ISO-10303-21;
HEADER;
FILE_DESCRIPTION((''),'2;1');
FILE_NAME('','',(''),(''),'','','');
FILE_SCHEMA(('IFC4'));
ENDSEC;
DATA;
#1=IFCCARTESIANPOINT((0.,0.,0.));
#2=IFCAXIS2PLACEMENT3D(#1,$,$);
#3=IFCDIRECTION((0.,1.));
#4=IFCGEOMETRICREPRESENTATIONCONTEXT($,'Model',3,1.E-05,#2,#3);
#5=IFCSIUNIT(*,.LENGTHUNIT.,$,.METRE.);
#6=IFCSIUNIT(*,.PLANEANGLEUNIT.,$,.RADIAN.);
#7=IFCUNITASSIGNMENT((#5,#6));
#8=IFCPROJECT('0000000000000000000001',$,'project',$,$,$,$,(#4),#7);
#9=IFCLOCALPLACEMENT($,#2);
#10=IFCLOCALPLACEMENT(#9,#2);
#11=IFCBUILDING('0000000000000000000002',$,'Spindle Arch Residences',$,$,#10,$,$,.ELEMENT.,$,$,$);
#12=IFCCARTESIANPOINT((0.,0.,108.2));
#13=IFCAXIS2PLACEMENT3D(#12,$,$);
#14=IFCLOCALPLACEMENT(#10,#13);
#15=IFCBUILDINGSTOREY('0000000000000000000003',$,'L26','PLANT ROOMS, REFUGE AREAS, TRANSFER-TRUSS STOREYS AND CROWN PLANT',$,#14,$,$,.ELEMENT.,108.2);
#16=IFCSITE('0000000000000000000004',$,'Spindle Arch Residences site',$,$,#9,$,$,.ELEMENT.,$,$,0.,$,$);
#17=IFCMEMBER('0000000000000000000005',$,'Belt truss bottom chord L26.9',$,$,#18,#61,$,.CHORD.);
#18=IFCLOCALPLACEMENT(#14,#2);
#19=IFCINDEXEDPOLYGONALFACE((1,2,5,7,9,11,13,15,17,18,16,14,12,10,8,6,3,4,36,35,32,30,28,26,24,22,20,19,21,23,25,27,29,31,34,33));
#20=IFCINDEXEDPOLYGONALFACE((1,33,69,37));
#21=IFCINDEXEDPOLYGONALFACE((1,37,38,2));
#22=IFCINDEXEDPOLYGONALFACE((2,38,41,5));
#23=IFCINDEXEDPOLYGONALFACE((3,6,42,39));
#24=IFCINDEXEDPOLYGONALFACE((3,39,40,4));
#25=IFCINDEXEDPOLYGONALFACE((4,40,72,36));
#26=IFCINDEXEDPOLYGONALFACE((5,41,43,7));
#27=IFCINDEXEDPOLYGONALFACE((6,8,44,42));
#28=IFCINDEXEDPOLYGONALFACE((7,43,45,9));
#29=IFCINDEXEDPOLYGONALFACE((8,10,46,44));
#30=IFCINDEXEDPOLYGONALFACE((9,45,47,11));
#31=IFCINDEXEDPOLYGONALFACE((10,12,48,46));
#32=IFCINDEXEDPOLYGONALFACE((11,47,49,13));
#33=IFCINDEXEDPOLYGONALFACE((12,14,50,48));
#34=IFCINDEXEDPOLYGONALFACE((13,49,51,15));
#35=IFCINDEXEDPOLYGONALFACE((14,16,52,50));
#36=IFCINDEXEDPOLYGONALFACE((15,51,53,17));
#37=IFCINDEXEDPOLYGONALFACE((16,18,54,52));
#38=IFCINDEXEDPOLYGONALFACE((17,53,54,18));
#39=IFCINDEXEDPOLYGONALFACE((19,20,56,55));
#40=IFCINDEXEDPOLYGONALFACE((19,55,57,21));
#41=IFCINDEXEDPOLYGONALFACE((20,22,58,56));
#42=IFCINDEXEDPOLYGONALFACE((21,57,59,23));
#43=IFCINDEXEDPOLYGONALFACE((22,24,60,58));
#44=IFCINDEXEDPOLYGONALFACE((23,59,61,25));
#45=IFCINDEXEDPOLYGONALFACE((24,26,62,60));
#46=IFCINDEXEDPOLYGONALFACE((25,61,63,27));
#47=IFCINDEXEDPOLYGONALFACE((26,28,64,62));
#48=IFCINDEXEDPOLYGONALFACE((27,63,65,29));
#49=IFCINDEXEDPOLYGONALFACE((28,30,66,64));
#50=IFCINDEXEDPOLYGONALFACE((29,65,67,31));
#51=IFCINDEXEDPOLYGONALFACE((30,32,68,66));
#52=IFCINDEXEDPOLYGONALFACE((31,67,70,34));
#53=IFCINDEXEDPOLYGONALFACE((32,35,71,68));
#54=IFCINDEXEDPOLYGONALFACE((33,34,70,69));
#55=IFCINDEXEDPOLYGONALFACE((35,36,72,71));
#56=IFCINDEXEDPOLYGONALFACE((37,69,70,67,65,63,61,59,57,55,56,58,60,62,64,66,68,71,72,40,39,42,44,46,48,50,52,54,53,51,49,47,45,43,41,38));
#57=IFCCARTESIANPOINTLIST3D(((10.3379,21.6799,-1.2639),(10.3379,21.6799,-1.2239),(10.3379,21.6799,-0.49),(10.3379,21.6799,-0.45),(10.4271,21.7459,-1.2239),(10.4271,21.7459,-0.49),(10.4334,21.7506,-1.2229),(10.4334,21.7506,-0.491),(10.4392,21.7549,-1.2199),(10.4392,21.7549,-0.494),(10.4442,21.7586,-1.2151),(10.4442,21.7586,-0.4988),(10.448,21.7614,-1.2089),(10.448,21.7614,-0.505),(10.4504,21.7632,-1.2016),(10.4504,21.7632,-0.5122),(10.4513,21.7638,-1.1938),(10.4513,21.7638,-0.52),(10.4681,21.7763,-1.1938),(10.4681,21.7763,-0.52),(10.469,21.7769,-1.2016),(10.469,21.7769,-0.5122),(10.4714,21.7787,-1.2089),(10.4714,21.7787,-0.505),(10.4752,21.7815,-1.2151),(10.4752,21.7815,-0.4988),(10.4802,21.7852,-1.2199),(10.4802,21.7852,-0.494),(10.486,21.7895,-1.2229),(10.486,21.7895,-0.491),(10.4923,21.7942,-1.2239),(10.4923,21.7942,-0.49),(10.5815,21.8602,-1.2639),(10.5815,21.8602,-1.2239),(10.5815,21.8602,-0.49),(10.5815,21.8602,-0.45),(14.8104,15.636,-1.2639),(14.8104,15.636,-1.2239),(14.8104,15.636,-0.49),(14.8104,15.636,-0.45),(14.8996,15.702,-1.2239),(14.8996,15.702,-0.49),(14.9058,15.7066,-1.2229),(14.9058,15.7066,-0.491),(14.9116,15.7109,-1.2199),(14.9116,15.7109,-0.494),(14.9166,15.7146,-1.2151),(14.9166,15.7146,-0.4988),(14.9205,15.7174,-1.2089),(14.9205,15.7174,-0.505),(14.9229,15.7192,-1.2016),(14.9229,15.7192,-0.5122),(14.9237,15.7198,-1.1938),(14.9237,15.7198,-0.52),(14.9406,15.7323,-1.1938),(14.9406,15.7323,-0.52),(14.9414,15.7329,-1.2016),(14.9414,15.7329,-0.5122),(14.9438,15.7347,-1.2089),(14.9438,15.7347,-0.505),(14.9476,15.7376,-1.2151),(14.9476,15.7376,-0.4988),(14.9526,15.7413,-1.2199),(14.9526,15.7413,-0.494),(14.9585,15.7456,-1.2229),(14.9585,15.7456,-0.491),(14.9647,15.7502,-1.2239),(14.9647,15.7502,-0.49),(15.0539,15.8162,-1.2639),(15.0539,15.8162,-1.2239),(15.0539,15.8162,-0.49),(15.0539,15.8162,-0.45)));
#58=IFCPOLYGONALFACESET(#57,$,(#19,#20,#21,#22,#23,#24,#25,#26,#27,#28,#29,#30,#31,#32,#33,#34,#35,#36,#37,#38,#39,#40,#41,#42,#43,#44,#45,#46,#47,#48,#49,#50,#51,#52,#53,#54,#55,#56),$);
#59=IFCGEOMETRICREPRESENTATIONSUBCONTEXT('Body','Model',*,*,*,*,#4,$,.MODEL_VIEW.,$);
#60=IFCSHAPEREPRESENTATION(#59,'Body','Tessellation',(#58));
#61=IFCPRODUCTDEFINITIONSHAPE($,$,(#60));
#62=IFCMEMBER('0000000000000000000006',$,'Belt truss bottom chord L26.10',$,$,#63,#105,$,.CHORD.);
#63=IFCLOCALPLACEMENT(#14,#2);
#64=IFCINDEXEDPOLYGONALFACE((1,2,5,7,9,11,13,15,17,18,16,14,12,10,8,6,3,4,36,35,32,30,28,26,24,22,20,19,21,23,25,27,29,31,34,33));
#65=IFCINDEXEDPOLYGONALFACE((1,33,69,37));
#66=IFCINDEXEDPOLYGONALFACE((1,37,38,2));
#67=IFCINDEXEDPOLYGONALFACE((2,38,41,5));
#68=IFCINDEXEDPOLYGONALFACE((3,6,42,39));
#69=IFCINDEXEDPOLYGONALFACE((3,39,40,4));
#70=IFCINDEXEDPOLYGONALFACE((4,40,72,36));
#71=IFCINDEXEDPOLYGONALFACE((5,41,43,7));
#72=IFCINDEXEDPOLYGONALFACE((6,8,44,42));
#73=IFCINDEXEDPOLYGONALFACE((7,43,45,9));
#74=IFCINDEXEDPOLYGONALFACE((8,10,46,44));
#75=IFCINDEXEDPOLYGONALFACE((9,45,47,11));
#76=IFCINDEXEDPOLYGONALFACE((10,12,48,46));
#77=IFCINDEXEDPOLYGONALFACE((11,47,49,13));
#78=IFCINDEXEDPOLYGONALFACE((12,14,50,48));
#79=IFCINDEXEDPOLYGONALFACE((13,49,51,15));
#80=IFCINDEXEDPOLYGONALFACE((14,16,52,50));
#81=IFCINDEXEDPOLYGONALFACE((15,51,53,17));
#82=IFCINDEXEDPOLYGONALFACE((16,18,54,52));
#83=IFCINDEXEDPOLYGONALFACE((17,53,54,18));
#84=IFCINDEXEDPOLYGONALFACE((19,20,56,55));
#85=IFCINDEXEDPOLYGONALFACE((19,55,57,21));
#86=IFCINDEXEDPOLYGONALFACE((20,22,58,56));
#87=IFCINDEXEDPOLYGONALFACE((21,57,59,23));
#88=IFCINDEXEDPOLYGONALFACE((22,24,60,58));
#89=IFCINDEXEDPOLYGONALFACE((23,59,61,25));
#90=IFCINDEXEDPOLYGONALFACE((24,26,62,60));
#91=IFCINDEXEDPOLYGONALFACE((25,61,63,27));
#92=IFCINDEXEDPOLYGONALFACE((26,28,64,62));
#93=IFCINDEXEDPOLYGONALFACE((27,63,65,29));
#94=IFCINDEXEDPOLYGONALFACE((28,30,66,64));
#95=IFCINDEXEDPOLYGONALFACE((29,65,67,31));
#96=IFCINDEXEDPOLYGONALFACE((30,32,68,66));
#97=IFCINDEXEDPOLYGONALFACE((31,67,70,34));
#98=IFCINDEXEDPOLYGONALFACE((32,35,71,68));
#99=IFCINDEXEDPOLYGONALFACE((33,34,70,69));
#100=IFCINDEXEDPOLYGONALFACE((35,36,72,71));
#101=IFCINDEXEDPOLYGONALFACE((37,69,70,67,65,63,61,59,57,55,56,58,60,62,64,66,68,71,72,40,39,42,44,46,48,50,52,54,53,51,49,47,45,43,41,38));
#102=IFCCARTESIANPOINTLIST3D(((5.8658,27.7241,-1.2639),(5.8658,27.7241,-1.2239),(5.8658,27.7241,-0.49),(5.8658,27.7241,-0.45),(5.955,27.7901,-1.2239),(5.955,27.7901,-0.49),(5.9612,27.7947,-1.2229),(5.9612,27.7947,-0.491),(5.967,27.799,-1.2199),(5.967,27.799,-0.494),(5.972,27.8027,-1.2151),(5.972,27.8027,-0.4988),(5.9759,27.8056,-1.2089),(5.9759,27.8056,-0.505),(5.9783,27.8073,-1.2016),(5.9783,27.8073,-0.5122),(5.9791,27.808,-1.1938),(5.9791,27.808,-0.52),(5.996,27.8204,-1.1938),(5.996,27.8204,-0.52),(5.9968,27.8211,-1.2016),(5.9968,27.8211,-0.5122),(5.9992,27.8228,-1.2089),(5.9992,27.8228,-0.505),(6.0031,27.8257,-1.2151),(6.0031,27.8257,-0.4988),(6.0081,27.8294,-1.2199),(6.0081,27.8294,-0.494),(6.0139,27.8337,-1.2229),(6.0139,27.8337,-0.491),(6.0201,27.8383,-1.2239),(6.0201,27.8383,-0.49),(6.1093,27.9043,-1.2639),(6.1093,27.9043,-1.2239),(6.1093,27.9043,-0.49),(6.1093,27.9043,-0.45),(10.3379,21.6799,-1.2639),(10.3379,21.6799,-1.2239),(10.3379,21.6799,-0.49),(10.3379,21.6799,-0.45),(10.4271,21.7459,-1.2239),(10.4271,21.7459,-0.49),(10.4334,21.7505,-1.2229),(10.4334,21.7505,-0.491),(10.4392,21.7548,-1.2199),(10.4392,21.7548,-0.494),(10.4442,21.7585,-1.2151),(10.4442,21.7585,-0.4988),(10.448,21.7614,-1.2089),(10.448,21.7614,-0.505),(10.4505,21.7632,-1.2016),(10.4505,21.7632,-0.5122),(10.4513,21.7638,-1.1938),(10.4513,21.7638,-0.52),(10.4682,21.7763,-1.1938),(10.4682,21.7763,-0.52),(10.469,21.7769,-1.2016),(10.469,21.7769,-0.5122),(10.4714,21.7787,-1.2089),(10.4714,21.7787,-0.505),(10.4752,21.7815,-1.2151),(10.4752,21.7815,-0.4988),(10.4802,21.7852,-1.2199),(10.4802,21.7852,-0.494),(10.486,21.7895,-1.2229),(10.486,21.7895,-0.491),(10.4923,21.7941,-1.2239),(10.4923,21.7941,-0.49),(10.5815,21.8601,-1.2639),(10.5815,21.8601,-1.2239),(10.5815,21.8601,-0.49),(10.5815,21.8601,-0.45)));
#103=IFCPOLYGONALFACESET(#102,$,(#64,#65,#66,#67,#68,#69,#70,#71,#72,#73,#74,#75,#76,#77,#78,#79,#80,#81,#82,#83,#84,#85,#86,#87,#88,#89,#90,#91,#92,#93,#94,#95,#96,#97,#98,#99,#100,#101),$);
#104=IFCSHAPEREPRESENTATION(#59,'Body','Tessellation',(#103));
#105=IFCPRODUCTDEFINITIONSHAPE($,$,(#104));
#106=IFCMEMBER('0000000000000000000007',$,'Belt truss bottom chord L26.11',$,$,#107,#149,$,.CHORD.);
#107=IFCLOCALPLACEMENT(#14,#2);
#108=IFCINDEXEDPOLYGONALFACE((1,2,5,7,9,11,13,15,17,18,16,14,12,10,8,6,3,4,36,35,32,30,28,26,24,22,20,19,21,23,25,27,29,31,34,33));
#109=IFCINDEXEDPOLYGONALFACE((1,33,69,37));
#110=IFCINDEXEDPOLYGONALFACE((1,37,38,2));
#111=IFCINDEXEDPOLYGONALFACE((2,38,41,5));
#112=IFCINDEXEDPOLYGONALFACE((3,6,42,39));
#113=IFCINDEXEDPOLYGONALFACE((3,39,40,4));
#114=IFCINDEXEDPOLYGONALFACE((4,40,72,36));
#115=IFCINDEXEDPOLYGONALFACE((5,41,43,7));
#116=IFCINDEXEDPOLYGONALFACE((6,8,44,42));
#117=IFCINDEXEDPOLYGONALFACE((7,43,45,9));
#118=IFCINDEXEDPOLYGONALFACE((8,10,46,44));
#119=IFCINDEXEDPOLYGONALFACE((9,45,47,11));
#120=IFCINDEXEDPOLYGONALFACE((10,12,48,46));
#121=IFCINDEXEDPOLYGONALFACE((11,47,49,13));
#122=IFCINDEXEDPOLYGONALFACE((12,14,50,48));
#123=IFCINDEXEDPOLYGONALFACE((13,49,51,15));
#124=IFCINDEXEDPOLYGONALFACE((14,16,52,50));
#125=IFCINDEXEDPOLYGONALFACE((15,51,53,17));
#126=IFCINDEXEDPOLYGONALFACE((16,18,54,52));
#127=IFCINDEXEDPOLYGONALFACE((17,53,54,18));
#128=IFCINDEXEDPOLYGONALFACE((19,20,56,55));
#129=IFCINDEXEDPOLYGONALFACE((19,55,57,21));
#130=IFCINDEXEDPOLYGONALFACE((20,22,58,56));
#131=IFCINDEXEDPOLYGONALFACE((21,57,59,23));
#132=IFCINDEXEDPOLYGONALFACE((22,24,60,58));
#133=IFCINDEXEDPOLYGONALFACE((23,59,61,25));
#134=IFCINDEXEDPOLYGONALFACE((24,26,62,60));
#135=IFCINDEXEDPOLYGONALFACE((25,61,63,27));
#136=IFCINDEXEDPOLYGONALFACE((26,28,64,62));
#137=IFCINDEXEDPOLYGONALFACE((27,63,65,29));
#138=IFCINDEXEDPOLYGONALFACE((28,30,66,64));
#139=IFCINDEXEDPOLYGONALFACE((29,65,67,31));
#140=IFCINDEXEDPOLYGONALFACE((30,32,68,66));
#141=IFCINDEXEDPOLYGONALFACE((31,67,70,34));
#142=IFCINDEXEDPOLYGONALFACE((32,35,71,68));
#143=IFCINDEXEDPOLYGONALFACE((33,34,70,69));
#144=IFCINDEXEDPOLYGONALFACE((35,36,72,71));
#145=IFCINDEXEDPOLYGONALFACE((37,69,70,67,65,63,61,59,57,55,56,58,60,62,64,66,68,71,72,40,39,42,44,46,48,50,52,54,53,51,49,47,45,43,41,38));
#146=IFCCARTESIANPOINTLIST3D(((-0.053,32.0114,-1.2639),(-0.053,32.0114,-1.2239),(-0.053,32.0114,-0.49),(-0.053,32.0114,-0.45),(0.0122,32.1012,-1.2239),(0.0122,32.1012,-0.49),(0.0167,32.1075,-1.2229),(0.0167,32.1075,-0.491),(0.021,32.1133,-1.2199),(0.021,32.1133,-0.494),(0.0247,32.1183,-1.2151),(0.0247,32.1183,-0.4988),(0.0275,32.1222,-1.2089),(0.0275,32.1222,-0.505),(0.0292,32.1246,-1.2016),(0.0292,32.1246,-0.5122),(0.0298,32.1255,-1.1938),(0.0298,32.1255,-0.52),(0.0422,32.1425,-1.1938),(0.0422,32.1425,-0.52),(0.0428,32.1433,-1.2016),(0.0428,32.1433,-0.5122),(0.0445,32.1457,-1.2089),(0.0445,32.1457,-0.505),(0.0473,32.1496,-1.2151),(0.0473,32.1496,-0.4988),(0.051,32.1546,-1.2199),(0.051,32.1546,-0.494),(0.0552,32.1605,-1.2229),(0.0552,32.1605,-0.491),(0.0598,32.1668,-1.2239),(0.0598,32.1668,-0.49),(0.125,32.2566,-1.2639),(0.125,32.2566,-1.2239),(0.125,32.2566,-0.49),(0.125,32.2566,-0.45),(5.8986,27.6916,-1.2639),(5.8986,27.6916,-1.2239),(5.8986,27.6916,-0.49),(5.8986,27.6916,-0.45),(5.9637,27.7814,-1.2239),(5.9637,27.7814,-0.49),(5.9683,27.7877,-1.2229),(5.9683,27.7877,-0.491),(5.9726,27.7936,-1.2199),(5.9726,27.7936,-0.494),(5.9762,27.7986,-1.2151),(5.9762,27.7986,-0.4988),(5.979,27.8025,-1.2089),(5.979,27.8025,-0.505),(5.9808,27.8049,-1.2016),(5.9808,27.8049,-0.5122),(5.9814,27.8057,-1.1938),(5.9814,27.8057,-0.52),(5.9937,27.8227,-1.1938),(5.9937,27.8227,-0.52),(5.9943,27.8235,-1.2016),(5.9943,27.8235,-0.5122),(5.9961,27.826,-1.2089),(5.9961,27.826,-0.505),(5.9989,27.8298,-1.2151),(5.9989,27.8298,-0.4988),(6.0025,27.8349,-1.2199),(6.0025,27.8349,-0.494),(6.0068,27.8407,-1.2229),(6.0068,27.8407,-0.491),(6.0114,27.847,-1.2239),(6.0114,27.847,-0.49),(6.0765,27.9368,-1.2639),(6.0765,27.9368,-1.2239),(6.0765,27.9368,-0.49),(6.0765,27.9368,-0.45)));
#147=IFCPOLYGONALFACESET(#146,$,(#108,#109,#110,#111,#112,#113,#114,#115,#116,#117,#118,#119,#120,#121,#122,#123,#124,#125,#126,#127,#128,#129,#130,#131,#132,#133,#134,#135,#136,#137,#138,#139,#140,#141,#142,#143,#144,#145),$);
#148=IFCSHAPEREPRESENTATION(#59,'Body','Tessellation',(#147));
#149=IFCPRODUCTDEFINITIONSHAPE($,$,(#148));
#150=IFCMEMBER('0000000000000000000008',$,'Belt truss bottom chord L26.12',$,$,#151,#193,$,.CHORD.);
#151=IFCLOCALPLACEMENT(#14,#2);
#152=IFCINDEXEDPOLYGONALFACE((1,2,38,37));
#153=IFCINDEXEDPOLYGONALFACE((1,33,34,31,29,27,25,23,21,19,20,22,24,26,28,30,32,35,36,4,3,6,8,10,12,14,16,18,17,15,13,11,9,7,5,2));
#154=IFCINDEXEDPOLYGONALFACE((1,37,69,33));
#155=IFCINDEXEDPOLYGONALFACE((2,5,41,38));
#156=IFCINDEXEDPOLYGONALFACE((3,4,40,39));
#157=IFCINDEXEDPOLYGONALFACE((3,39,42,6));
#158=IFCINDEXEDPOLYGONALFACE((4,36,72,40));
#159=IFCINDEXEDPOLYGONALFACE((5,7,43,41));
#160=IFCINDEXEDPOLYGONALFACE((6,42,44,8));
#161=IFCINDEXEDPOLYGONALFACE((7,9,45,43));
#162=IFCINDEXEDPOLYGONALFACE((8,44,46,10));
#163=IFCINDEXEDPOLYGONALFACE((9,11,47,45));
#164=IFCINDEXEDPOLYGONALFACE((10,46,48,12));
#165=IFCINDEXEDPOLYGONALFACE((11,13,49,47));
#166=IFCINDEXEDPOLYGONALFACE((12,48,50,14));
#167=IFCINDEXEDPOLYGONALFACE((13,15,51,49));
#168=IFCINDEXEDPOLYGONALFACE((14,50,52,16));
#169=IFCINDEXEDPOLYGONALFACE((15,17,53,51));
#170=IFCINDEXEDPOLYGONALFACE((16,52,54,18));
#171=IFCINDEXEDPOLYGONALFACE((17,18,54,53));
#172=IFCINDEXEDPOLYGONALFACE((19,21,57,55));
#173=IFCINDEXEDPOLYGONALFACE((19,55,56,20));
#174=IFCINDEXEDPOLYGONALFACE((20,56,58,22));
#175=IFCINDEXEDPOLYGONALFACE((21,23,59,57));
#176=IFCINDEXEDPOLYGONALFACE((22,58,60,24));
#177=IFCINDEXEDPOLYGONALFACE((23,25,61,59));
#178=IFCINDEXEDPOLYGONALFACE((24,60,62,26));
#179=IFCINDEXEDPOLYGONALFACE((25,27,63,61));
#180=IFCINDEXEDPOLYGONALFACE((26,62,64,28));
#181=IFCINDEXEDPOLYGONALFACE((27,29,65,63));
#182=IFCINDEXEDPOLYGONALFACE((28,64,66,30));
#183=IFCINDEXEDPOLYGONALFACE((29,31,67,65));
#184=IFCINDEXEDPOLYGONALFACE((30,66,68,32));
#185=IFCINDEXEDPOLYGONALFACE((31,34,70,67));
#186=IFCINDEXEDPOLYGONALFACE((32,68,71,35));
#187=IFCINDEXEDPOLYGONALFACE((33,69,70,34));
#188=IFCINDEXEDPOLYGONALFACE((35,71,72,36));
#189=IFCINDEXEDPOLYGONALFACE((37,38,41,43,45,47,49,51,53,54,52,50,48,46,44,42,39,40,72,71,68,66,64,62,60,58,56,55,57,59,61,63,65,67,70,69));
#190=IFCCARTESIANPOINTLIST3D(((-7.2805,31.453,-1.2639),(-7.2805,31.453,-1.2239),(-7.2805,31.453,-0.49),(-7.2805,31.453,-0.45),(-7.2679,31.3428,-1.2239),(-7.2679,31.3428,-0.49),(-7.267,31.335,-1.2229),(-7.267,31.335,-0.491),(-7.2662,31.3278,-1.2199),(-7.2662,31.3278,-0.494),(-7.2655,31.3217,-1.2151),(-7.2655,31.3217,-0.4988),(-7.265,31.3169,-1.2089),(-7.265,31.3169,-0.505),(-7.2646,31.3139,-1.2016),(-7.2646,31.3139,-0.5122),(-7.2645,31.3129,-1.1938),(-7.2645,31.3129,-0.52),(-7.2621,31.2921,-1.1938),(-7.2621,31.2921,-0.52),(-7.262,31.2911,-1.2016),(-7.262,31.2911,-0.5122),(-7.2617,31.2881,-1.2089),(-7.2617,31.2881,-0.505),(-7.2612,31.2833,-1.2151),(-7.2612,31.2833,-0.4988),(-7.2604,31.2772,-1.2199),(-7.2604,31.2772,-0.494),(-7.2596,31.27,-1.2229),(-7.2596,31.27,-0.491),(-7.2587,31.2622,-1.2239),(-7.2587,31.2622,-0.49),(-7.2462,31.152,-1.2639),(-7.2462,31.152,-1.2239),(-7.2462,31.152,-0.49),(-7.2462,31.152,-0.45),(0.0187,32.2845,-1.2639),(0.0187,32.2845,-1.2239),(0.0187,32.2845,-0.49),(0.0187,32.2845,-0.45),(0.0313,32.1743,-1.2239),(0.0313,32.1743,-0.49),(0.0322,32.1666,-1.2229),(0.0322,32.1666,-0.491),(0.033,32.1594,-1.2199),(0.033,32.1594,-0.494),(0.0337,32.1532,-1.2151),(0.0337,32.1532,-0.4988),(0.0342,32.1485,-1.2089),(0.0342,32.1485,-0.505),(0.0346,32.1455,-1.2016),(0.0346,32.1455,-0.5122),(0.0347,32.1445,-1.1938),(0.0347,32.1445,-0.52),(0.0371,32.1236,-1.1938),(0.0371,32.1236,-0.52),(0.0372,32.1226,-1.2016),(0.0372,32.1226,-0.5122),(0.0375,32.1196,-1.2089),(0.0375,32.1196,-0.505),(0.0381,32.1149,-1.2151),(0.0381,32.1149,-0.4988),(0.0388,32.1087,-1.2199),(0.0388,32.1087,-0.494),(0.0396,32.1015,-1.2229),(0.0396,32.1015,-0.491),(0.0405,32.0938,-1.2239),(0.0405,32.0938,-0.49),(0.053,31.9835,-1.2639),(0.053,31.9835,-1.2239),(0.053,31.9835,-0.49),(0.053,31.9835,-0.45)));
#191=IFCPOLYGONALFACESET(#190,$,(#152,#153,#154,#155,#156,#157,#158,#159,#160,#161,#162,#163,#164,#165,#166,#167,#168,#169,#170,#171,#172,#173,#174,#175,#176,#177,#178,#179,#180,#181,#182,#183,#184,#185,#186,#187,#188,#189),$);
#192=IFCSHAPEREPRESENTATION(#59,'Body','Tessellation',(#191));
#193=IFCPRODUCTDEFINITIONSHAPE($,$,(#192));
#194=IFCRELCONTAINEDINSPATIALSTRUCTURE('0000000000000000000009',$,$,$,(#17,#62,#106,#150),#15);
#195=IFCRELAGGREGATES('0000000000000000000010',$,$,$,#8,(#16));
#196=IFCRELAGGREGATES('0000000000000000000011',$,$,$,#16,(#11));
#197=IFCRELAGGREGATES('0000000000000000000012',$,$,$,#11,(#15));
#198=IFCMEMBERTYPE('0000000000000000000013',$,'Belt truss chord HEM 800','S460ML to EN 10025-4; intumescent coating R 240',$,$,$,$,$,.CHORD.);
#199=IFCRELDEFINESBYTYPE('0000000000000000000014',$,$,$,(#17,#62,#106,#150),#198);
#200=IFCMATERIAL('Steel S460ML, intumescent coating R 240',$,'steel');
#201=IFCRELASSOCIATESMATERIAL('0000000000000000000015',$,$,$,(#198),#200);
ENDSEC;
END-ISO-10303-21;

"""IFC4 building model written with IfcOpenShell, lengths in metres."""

from ifc_helpers import new_model, si_unit, direction, frame, origin, origin_2d, place, context, subcontext, project, spatial, i_section, extrude, material, material_profile, profile_set, type_object, element, save


model = new_model("IFC4")

# Units and contexts
model_context = context("Model", 3, precision=1e-05, world=origin(), true_north=direction((0.0, 1.0)))
body_context = subcontext(model_context, "Body", "Model", "MODEL_VIEW")
ifc_project = project(units=[si_unit("LENGTHUNIT", "METRE"), si_unit("PLANEANGLEUNIT", "RADIAN")], contexts=[model_context])

# Site, building, storey
site_placement = place(None, origin())
site = spatial("IfcSite", under=ifc_project, at=site_placement, Name="Spindle Arch Residences site", CompositionType="ELEMENT", RefElevation=0.0)
building_placement = place(site_placement, origin())
building = spatial("IfcBuilding", under=site, at=building_placement, Name="Spindle Arch Residences", CompositionType="ELEMENT")
storey_placement = place(building_placement, frame((0.0, 0.0, 108.2)))
storey = spatial("IfcBuildingStorey", under=building, at=storey_placement, Name="L26", Description="PLANT ROOMS, REFUGE AREAS, TRANSFER-TRUSS STOREYS AND CROWN PLANT", CompositionType="ELEMENT", Elevation=108.2)

# Members
ifc_material_1 = material(Name="Steel S460ML, intumescent coating R 240", Category="steel")
ifc_material_profile_1 = material_profile(ifc_material_1, i_section(OverallWidth=0.303, OverallDepth=0.814, WebThickness=0.021, FlangeThickness=0.04, FilletRadius=0.03, at=origin_2d()), Name="HEM 800")
ifc_profile_set_1 = profile_set([ifc_material_profile_1], Name="Steel S460ML, intumescent coating R 240")
member_type_1 = type_object("IfcMemberType", Name="Belt truss chord HEM 800", Description="S460ML to EN 10025-4; intumescent coating R 240", PredefinedType="CHORD", material=ifc_profile_set_1)
for number, where, z_axis, x_axis, name in (
    (1, (14.9321, 15.7261, -0.8569), (-0.594834, 0.803849, 0.0), (-0.803849, -0.594834, 0.0), "Belt truss bottom chord L26.9"),
    (2, (10.4597, 21.77, -0.8569), (-0.594797, 0.803876, 0.0), (-0.803876, -0.594797, 0.0), "Belt truss bottom chord L26.10"),
):
    element("IfcMember", number, at=place(storey_placement, frame(where, z_axis=z_axis, x_axis=x_axis)), inside=storey, type_object=member_type_1, Name=name, PredefinedType="CHORD", context=body_context, shape_type="SweptSolid", body=[
        extrude(i_section(OverallWidth=0.303, OverallDepth=0.814, WebThickness=0.021, FlangeThickness=0.04, FilletRadius=0.03, at=origin_2d()), origin(), (0.0, 0.0, 1.0), 7.5188),
    ])
member_1_placement = place(storey_placement, frame((5.9875, 27.8142, -0.8569), z_axis=(-0.809296, 0.587402, 0.0), x_axis=(-0.587402, -0.809296, 0.0)))
element("IfcMember", 3, at=member_1_placement, inside=storey, type_object=member_type_1, Name="Belt truss bottom chord L26.11", PredefinedType="CHORD", context=body_context, shape_type="SweptSolid", body=[
    extrude(i_section(OverallWidth=0.303, OverallDepth=0.814, WebThickness=0.021, FlangeThickness=0.04, FilletRadius=0.03, at=origin_2d()), origin(), (0.0, 0.0, 1.0), 7.354),
])
member_2_placement = place(storey_placement, frame((0.0359, 32.134, -0.8569), z_axis=(-0.993574, -0.113189, 0.0), x_axis=(0.113189, -0.993574, 0.0)))
element("IfcMember", 4, at=member_2_placement, inside=storey, type_object=member_type_1, Name="Belt truss bottom chord L26.12", PredefinedType="CHORD", context=body_context, shape_type="SweptSolid", body=[
    extrude(i_section(OverallWidth=0.303, OverallDepth=0.814, WebThickness=0.021, FlangeThickness=0.04, FilletRadius=0.03, at=origin_2d()), origin(), (0.0, 0.0, 1.0), 7.3464),
])

save(model, "model.ifc")
